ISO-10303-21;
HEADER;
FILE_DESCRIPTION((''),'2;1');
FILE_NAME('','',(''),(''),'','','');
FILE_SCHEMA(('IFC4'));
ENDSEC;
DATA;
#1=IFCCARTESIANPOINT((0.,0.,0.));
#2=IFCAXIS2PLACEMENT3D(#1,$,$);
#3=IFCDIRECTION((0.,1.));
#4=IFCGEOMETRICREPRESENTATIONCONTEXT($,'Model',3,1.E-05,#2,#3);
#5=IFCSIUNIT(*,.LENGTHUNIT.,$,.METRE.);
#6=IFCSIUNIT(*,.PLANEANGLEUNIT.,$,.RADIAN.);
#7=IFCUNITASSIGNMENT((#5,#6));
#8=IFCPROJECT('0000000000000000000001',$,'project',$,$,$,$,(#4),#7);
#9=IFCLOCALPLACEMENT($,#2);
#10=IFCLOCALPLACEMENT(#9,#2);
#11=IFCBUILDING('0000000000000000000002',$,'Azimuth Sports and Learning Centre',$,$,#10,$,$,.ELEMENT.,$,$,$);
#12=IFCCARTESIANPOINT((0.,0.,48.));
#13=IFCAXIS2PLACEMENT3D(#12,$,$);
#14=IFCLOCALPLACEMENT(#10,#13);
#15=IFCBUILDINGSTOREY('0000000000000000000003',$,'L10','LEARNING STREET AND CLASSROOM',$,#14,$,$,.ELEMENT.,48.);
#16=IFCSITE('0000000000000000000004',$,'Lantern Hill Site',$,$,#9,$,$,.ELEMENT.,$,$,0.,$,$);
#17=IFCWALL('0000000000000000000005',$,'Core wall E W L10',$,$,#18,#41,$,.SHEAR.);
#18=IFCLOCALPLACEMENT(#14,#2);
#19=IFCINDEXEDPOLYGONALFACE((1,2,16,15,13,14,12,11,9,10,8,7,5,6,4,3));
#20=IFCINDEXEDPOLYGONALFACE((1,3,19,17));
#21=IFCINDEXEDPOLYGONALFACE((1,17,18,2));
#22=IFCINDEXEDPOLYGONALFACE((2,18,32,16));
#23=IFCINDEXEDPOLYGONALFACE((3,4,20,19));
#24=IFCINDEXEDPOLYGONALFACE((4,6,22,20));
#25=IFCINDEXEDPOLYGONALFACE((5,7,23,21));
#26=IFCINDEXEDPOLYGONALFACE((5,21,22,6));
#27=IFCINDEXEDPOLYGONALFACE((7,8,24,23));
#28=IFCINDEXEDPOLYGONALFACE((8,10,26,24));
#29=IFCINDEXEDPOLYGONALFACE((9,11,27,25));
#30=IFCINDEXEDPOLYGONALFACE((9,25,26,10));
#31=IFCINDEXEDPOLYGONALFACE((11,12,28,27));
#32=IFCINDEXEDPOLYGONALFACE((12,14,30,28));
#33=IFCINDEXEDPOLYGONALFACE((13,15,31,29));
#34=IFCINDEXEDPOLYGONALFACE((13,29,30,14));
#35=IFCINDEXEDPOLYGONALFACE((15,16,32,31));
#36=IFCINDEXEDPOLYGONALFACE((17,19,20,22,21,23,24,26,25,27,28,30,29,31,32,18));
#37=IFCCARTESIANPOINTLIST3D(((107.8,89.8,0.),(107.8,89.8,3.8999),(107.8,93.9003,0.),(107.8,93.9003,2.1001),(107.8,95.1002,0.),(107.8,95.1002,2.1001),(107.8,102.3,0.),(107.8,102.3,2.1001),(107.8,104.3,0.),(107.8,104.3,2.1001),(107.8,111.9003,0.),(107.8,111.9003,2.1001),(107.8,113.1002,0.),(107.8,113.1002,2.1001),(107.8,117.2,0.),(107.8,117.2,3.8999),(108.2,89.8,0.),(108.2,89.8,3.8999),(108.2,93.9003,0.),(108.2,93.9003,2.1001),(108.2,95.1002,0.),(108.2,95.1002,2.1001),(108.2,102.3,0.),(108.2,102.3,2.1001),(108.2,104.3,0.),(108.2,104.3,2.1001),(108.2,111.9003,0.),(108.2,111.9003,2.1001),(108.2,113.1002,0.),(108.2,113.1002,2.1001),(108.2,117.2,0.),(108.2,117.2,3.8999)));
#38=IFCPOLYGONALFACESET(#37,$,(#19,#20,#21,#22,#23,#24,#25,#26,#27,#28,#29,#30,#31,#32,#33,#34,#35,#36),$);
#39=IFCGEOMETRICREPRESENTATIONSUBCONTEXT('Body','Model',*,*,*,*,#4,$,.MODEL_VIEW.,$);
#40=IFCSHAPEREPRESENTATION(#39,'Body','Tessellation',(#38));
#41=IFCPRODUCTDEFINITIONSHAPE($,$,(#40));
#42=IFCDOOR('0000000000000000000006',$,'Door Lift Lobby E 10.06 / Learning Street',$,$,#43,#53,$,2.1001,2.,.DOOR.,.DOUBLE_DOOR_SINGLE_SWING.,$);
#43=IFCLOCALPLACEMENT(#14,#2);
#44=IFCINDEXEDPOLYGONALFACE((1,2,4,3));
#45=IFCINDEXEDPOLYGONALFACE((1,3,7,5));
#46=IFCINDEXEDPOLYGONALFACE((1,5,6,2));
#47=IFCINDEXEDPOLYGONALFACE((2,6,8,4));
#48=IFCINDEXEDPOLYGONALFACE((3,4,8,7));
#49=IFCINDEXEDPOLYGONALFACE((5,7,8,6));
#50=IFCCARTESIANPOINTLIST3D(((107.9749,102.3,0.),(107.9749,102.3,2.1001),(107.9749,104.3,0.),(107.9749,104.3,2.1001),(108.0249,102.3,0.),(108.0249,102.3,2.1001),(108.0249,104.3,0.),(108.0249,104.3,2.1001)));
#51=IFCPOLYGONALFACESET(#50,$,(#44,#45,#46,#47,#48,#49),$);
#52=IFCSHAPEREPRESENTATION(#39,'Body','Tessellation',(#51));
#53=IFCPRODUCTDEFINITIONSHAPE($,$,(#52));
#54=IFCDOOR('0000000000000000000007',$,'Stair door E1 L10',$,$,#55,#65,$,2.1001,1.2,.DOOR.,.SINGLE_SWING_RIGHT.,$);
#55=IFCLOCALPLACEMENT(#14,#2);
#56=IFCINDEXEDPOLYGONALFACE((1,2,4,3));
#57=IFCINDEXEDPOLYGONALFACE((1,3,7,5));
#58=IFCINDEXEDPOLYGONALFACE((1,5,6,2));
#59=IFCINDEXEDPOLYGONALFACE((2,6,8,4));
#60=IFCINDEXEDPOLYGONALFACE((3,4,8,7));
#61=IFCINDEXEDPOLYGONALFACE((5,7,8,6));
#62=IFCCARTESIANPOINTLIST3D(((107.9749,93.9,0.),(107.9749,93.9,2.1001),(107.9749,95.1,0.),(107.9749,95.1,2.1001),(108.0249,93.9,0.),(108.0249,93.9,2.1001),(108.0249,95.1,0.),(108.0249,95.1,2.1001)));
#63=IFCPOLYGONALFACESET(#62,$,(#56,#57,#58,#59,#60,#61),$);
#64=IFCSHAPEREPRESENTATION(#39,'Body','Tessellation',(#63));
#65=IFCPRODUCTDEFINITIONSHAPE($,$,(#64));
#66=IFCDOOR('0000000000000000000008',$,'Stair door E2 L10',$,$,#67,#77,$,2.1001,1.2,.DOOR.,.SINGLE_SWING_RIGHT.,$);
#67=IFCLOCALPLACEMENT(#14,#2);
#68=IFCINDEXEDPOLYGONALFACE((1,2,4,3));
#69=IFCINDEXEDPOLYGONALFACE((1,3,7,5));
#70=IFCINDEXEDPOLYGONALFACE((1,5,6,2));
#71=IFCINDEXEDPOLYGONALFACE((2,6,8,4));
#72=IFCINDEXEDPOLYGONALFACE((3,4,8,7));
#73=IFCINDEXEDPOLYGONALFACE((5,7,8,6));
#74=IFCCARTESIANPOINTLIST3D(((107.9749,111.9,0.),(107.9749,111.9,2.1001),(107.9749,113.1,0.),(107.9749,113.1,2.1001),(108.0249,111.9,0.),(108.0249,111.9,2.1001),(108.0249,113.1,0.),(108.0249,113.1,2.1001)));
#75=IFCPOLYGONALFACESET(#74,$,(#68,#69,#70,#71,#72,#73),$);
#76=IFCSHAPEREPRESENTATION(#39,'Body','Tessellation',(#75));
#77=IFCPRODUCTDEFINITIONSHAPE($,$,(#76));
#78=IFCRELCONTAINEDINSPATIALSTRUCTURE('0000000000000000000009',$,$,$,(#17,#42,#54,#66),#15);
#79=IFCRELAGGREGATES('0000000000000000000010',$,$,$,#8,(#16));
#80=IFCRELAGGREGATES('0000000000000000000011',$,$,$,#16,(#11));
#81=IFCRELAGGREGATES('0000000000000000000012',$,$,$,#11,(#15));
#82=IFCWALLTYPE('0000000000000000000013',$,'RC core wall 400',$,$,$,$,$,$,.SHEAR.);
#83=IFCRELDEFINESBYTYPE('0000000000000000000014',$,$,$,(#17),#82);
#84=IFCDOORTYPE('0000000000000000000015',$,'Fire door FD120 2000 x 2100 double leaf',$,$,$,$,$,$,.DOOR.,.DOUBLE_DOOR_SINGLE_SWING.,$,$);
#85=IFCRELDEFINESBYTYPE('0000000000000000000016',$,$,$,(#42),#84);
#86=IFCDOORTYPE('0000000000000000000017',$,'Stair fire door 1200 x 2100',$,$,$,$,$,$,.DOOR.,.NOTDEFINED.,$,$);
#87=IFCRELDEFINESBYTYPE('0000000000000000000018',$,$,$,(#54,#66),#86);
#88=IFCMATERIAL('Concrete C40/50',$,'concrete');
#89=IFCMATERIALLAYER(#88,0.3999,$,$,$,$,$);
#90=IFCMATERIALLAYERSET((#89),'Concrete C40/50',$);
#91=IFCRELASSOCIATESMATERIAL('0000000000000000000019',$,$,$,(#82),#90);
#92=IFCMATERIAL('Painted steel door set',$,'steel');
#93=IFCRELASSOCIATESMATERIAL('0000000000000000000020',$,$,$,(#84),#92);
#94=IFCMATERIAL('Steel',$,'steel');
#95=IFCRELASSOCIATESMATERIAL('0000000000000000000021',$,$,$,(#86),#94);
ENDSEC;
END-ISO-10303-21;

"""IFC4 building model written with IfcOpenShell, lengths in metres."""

from ifc_helpers import new_model, si_unit, direction, frame, frame_2d, origin, place, context, subcontext, project, spatial, rectangle, extrude, material, layer, layer_set, type_object, element, fill, save


model = new_model("IFC4")

# Units and contexts
model_context = context("Model", 3, precision=1e-05, world=origin(), true_north=direction((0.0, 1.0)))
body_context = subcontext(model_context, "Body", "Model", "MODEL_VIEW")
ifc_project = project(units=[si_unit("LENGTHUNIT", "METRE"), si_unit("PLANEANGLEUNIT", "RADIAN")], contexts=[model_context])

# Site, building, storey
site_placement = place(None, origin())
site = spatial("IfcSite", under=ifc_project, at=site_placement, Name="Lantern Hill Site", CompositionType="ELEMENT", RefElevation=0.0)
building_placement = place(site_placement, origin())
building = spatial("IfcBuilding", under=site, at=building_placement, Name="Azimuth Sports and Learning Centre", CompositionType="ELEMENT")
storey_placement = place(building_placement, frame((0.0, 0.0, 48.0)))
storey = spatial("IfcBuildingStorey", under=building, at=storey_placement, Name="L10", Description="LEARNING STREET AND CLASSROOM", CompositionType="ELEMENT", Elevation=48.0)

# Wall, openings, doors
ifc_material_1 = material(Name="Concrete C40/50", Category="concrete")
ifc_layer_1 = layer(ifc_material_1, 0.3999)
ifc_layer_set_1 = layer_set([ifc_layer_1], Name="Concrete C40/50")
wall_type_1 = type_object("IfcWallType", Name="RC core wall 400", PredefinedType="SHEAR", material=ifc_layer_set_1)
wall_1_placement = place(storey_placement, frame((108.0, 89.8, 0.0), z_axis=(0.0, 0.0, 1.0), x_axis=(0.0, 1.0, 0.0)))
wall_1 = element("IfcWall", 1, at=wall_1_placement, inside=storey, type_object=wall_type_1, Name="Core wall E W L10", PredefinedType="SHEAR", context=body_context, shape_type="SweptSolid", body=[
    extrude(rectangle(XDim=27.3999, YDim=0.3999, at=frame_2d((13.7, 0.0))), origin(), (0.0, 0.0, 1.0), 3.8999),
])
opening_1_placement = place(wall_1_placement, frame((4.1001, 0.0, 0.0)))
opening_1 = element("IfcOpeningElement", 2, at=opening_1_placement, cuts=wall_1, PredefinedType="OPENING", context=body_context, shape_type="SweptSolid", body=[
    extrude(rectangle(XDim=1.2, YDim=2.1001, at=frame_2d((0.6001, 1.05))), frame((0.0, 0.2109, 0.0), z_axis=(0.0, -1.0, 0.0), x_axis=(1.0, 0.0, 0.0)), (0.0, 0.0, 1.0), 0.4219),
])
opening_2_placement = place(wall_1_placement, frame((22.1001, 0.0, 0.0)))
opening_2 = element("IfcOpeningElement", 3, at=opening_2_placement, cuts=wall_1, PredefinedType="OPENING", context=body_context, shape_type="SweptSolid", body=[
    extrude(rectangle(XDim=1.2, YDim=2.1001, at=frame_2d((0.6001, 1.05))), frame((0.0, 0.2109, 0.0), z_axis=(0.0, -1.0, 0.0), x_axis=(1.0, 0.0, 0.0)), (0.0, 0.0, 1.0), 0.4219),
])
opening_3_placement = place(wall_1_placement, frame((12.5, 0.0, 0.0)))
opening_3 = element("IfcOpeningElement", 4, at=opening_3_placement, cuts=wall_1, PredefinedType="OPENING", context=body_context, shape_type="SweptSolid", body=[
    extrude(rectangle(XDim=2.0, YDim=2.1001, at=frame_2d((1.0, 1.05))), frame((0.0, 0.2109, 0.0), z_axis=(0.0, -1.0, 0.0), x_axis=(1.0, 0.0, 0.0)), (0.0, 0.0, 1.0), 0.4219),
])
ifc_material_2 = material(Name="Painted steel door set", Category="steel")
door_type_1 = type_object("IfcDoorType", Name="Fire door FD120 2000 x 2100 double leaf", OperationType="DOUBLE_DOOR_SINGLE_SWING", PredefinedType="DOOR", material=ifc_material_2)
door_1_placement = place(opening_3_placement, frame((2.0, 0.0, 0.0), z_axis=(0.0, 0.0, 1.0), x_axis=(-1.0, 0.0, 0.0)))
door_1 = element("IfcDoor", 5, at=door_1_placement, inside=storey, type_object=door_type_1, Name="Door Lift Lobby E 10.06 / Learning Street", OperationType="DOUBLE_DOOR_SINGLE_SWING", OverallHeight=2.1001, OverallWidth=2.0, PredefinedType="DOOR", context=body_context, shape_type="SweptSolid", body=[
    extrude(rectangle(XDim=2.0, YDim=2.1001, at=frame_2d((1.0, 1.05))), frame((0.0, 0.0249, 0.0), z_axis=(0.0, -1.0, 0.0), x_axis=(1.0, 0.0, 0.0)), (0.0, 0.0, 1.0), 0.05),
])
fill(opening_3, door_1)
ifc_material_3 = material(Name="Steel", Category="steel")
door_type_2 = type_object("IfcDoorType", Name="Stair fire door 1200 x 2100", OperationType="NOTDEFINED", PredefinedType="DOOR", material=ifc_material_3)
door_2_placement = place(opening_1_placement, frame((1.2, 0.0, 0.0), z_axis=(0.0, 0.0, 1.0), x_axis=(-1.0, 0.0, 0.0)))
door_2 = element("IfcDoor", 6, at=door_2_placement, inside=storey, type_object=door_type_2, Name="Stair door E1 L10", OperationType="SINGLE_SWING_RIGHT", OverallHeight=2.1001, OverallWidth=1.2, PredefinedType="DOOR", context=body_context, shape_type="SweptSolid", body=[
    extrude(rectangle(XDim=1.2, YDim=2.1001, at=frame_2d((0.6001, 1.05))), frame((0.0, 0.0249, 0.0), z_axis=(0.0, -1.0, 0.0), x_axis=(1.0, 0.0, 0.0)), (0.0, 0.0, 1.0), 0.05),
])
fill(opening_1, door_2)
door_3_placement = place(opening_2_placement, frame((1.2, 0.0, 0.0), z_axis=(0.0, 0.0, 1.0), x_axis=(-1.0, 0.0, 0.0)))
door_3 = element("IfcDoor", 7, at=door_3_placement, inside=storey, type_object=door_type_2, Name="Stair door E2 L10", OperationType="SINGLE_SWING_RIGHT", OverallHeight=2.1001, OverallWidth=1.2, PredefinedType="DOOR", context=body_context, shape_type="SweptSolid", body=[
    extrude(rectangle(XDim=1.2, YDim=2.1001, at=frame_2d((0.6001, 1.05))), frame((0.0, 0.0249, 0.0), z_axis=(0.0, -1.0, 0.0), x_axis=(1.0, 0.0, 0.0)), (0.0, 0.0, 1.0), 0.05),
])
fill(opening_2, door_3)

save(model, "model.ifc")
